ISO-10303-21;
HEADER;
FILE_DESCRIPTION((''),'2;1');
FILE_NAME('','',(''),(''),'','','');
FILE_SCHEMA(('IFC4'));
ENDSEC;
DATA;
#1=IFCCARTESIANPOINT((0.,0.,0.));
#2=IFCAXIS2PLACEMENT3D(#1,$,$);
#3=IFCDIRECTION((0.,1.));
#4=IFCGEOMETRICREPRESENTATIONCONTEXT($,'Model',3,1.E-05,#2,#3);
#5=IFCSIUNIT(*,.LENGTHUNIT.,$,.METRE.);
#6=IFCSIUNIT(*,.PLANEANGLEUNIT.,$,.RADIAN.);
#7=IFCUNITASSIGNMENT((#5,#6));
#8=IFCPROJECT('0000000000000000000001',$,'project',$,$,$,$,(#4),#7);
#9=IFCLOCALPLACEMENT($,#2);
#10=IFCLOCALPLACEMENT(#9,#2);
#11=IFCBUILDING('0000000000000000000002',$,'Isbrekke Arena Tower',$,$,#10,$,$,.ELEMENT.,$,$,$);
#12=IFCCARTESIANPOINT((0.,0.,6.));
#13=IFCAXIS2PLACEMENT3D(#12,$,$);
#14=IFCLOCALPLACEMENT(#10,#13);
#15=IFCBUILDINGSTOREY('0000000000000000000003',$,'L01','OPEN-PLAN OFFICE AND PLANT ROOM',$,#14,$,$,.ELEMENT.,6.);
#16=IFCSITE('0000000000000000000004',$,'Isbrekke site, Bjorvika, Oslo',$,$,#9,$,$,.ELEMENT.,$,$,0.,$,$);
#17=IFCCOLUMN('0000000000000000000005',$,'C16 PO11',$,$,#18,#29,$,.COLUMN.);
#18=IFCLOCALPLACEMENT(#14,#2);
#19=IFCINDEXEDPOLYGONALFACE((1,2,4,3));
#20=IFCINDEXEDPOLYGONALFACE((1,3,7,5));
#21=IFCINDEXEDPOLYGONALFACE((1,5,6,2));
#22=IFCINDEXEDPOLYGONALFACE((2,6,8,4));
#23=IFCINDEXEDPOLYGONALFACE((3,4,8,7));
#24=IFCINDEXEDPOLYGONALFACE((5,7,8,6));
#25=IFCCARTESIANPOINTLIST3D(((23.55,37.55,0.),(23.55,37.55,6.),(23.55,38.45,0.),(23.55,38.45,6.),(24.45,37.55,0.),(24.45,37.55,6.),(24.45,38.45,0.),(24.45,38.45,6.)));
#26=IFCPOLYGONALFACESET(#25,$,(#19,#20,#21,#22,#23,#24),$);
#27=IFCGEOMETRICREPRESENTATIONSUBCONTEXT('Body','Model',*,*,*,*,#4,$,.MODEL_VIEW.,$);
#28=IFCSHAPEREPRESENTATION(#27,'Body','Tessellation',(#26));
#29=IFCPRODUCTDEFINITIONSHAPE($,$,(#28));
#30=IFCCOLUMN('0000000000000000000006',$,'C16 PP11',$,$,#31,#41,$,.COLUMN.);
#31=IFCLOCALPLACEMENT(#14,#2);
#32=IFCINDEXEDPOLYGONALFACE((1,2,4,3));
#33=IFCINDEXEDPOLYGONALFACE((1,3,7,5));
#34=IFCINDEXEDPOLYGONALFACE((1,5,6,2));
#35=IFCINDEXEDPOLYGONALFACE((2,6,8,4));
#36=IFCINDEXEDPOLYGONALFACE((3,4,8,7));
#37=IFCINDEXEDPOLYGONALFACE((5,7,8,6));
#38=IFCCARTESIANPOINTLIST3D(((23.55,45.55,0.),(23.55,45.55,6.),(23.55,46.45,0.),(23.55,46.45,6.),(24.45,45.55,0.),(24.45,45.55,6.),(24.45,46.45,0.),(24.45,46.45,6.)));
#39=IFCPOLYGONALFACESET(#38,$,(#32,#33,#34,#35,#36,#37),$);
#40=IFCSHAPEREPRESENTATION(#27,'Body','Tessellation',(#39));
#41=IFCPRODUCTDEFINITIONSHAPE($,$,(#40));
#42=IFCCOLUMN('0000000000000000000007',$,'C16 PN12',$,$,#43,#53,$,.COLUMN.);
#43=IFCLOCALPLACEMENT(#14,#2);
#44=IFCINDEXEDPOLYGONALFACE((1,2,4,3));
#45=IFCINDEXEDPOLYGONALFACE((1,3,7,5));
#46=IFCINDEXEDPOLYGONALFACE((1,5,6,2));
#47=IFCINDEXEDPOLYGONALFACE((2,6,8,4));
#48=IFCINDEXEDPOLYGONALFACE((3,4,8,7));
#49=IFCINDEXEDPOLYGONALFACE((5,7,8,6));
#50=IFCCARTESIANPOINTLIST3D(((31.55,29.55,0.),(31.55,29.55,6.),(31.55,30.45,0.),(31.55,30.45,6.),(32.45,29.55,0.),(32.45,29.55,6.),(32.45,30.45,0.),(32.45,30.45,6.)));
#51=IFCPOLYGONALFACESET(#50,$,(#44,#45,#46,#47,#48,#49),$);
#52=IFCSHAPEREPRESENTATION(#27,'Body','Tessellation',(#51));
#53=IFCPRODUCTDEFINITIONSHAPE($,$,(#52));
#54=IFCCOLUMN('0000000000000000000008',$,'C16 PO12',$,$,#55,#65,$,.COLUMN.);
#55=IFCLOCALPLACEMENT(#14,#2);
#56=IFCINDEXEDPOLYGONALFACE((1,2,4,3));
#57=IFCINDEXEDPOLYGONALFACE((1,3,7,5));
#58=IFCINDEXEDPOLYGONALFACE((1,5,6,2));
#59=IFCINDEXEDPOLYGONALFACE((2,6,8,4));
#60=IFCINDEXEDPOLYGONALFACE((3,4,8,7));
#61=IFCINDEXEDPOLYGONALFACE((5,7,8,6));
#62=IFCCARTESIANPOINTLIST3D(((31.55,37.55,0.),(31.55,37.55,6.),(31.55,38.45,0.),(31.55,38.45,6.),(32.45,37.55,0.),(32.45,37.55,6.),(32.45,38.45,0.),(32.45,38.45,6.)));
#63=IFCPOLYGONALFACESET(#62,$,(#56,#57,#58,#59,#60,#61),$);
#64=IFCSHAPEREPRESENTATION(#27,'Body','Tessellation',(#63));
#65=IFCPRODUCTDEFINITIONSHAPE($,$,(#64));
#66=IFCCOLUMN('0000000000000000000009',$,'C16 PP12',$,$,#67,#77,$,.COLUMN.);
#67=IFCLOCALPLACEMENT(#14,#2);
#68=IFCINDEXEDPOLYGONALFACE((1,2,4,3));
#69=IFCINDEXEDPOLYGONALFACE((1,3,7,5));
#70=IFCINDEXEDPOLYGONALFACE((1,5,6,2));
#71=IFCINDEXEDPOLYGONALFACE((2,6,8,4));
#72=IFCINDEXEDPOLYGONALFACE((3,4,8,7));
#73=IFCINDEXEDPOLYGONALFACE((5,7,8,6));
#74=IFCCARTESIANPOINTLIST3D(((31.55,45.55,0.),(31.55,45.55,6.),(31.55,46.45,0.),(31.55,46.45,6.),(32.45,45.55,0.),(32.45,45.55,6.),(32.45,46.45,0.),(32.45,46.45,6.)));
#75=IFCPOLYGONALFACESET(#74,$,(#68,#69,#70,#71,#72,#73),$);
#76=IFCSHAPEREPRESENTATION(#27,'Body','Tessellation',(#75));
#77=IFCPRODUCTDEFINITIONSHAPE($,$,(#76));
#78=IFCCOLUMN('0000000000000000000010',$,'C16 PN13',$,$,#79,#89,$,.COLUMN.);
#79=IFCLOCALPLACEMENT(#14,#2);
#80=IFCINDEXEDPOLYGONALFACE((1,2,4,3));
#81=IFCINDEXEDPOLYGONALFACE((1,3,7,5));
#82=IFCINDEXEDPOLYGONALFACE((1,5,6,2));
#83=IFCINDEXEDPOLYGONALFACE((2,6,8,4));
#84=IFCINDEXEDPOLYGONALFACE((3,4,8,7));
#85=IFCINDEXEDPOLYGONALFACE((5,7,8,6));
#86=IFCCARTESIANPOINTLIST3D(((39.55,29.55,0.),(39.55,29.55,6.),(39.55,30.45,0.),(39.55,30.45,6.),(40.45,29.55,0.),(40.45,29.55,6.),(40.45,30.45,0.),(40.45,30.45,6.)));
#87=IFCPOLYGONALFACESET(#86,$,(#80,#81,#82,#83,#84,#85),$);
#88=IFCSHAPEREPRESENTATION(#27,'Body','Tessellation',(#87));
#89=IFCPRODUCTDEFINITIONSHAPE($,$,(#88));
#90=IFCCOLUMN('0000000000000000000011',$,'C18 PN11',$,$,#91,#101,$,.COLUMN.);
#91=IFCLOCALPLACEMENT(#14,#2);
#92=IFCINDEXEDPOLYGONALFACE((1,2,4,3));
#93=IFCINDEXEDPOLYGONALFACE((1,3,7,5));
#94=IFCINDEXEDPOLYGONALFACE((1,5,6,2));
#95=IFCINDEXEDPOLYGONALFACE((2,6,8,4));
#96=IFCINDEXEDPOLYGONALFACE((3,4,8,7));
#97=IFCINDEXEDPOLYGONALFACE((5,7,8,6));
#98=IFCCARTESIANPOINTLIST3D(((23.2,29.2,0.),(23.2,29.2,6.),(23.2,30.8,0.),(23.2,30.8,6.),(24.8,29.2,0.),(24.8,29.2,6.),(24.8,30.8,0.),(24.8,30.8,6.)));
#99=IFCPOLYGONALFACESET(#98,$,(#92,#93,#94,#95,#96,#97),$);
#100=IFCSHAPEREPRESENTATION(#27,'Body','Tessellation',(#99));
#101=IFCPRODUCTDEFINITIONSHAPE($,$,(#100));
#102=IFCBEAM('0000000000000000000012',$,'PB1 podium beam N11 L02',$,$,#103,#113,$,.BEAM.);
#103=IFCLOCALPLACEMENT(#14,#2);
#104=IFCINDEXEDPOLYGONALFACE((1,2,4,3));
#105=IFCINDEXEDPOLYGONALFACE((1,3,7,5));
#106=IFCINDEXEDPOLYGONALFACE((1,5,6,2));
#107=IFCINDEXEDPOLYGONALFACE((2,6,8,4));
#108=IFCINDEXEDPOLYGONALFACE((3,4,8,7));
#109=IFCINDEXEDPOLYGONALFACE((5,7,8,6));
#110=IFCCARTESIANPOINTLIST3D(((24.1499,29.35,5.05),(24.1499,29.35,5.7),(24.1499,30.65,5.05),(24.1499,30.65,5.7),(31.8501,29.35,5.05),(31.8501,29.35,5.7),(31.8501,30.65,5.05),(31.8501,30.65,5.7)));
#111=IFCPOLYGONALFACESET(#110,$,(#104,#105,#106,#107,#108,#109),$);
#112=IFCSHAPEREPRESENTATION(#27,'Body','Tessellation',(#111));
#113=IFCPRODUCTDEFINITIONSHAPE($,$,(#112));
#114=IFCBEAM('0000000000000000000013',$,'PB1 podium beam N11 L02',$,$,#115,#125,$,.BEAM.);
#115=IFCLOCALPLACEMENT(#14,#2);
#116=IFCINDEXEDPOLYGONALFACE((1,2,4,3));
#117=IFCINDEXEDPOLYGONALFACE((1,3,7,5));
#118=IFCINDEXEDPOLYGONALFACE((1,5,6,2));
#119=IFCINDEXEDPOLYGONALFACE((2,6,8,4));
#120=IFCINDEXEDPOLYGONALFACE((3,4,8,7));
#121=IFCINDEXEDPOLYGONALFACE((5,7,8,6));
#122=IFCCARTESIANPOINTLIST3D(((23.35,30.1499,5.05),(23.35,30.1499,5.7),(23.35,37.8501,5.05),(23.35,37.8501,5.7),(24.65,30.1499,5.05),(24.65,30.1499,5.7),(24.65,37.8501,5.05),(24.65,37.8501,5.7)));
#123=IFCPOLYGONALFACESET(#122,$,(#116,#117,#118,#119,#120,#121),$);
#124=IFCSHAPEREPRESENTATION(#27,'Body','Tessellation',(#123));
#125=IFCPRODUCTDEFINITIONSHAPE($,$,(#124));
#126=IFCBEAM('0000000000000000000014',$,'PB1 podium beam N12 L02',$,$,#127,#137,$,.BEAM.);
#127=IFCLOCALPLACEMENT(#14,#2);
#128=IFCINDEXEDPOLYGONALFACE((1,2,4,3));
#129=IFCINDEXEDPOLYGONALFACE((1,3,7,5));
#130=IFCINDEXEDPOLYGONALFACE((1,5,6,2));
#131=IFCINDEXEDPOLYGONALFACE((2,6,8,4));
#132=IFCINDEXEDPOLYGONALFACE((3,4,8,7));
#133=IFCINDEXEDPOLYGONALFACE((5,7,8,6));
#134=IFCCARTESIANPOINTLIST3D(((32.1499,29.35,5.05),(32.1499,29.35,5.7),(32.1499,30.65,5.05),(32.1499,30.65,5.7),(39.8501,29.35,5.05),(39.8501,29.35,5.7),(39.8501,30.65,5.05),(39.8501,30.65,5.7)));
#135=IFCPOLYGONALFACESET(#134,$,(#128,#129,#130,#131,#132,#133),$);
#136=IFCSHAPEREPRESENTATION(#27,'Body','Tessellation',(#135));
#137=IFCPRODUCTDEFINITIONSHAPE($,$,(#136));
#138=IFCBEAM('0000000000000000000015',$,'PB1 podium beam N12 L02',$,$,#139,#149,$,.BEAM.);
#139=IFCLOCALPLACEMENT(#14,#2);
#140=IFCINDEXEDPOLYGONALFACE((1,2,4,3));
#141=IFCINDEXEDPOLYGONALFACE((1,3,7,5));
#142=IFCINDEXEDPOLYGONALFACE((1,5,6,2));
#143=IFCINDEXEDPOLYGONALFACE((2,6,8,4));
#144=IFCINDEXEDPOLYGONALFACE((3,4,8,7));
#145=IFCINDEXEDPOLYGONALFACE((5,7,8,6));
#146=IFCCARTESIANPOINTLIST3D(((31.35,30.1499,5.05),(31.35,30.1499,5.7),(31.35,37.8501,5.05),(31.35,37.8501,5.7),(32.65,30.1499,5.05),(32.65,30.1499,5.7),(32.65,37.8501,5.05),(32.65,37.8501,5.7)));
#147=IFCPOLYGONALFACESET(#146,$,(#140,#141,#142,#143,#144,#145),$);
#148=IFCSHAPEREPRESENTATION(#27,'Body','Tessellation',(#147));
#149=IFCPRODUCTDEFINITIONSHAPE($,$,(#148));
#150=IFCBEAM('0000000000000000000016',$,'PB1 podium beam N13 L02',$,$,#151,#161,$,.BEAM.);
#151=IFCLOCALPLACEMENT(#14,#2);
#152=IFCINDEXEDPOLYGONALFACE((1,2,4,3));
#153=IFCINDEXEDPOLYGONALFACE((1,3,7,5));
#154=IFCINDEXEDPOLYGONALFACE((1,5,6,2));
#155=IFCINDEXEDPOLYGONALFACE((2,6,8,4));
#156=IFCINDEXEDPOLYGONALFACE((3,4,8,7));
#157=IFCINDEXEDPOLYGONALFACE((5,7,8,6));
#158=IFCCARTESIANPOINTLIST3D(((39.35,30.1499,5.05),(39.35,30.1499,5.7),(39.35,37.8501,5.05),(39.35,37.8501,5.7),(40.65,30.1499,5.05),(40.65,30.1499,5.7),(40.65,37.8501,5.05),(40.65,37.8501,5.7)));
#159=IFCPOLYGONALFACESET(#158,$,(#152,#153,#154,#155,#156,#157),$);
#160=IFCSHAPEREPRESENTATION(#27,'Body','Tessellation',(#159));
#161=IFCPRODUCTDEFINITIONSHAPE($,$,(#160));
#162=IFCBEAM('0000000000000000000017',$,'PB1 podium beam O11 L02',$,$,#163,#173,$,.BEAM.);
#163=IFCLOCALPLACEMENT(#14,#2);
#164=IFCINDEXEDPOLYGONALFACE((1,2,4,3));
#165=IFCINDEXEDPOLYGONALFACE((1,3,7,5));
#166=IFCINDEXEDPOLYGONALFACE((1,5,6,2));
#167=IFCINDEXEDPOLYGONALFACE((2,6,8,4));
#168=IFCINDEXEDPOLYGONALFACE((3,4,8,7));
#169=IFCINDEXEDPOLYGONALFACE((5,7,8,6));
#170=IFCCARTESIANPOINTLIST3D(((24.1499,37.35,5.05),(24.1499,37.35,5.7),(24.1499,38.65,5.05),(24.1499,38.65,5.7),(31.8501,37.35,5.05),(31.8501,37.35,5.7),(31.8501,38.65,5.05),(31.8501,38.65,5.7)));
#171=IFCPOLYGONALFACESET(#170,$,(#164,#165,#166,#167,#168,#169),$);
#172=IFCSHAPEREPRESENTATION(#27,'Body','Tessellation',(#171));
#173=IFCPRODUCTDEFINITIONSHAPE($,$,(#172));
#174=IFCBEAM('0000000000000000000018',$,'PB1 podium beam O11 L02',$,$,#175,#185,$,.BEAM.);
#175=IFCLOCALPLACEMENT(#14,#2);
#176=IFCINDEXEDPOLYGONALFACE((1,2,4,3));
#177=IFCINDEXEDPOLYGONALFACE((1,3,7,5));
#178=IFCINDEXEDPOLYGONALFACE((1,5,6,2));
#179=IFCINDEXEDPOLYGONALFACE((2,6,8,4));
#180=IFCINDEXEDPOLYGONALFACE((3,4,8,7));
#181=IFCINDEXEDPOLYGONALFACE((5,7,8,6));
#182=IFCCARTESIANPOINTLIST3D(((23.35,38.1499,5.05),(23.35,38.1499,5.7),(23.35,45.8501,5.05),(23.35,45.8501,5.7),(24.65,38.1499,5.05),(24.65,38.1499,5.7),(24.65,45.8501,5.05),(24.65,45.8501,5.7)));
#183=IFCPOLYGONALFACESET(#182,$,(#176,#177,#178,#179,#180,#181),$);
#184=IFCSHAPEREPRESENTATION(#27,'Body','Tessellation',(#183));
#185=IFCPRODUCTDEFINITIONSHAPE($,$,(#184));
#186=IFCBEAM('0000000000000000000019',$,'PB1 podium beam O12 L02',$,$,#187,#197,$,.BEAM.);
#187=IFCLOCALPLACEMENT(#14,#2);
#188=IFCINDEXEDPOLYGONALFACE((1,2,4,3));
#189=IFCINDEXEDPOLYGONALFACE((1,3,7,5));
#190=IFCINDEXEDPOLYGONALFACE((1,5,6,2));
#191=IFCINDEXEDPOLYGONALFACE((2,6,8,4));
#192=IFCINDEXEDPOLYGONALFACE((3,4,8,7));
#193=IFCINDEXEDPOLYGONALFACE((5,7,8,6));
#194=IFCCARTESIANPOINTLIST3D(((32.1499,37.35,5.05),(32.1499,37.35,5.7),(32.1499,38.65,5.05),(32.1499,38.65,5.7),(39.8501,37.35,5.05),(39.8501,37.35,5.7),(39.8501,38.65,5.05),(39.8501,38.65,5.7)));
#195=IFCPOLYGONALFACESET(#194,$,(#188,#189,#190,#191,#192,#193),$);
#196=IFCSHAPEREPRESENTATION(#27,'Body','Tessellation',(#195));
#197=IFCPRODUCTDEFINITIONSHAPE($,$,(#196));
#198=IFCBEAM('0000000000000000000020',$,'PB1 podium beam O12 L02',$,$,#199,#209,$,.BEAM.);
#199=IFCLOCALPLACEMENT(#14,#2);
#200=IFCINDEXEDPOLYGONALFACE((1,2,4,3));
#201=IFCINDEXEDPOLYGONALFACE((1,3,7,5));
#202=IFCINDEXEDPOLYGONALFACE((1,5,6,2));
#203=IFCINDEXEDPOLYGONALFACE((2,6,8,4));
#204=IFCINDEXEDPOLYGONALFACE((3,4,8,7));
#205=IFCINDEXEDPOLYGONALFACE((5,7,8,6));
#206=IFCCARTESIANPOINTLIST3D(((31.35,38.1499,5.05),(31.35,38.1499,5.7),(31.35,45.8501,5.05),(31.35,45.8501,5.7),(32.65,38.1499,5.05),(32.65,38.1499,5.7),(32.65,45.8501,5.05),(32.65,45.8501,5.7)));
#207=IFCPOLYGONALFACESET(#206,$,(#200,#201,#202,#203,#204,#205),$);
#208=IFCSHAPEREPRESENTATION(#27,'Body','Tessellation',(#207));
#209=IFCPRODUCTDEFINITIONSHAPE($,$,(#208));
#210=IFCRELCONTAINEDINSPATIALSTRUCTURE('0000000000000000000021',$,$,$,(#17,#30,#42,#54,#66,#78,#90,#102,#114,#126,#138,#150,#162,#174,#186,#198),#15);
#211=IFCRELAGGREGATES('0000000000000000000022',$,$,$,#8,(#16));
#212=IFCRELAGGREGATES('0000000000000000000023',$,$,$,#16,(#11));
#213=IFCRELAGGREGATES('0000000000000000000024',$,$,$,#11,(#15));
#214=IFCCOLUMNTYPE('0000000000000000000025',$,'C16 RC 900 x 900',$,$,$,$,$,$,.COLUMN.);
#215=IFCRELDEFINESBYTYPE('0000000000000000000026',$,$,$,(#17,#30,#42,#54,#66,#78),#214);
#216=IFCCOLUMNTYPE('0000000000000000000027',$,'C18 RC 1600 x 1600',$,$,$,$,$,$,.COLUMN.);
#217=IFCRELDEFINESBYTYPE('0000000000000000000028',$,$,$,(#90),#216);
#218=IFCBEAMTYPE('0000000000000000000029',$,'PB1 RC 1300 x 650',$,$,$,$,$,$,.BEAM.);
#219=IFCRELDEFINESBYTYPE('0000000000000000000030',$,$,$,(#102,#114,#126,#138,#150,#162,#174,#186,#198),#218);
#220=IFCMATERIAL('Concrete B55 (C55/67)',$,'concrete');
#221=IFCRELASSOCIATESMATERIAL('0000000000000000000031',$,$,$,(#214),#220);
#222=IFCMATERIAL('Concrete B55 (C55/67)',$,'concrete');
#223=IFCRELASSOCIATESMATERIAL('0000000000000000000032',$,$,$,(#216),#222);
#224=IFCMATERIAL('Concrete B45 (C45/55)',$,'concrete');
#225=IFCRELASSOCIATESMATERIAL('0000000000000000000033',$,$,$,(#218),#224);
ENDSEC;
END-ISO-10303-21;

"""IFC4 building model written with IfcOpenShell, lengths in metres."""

from ifc_helpers import new_model, si_unit, direction, frame, origin, origin_2d, place, context, subcontext, project, spatial, rectangle, extrude, material, material_profile, profile_set, type_object, element, save


model = new_model("IFC4")

# Units and contexts
model_context = context("Model", 3, precision=1e-05, world=origin(), true_north=direction((0.0, 1.0)))
body_context = subcontext(model_context, "Body", "Model", "MODEL_VIEW")
ifc_project = project(units=[si_unit("LENGTHUNIT", "METRE"), si_unit("PLANEANGLEUNIT", "RADIAN")], contexts=[model_context])

# Site, building, storey
site_placement = place(None, origin())
site = spatial("IfcSite", under=ifc_project, at=site_placement, Name="Isbrekke site, Bjorvika, Oslo", CompositionType="ELEMENT", RefElevation=0.0)
building_placement = place(site_placement, origin())
building = spatial("IfcBuilding", under=site, at=building_placement, Name="Isbrekke Arena Tower", CompositionType="ELEMENT")
storey_placement = place(building_placement, frame((0.0, 0.0, 6.0)))
storey = spatial("IfcBuildingStorey", under=building, at=storey_placement, Name="L01", Description="OPEN-PLAN OFFICE AND PLANT ROOM", CompositionType="ELEMENT", Elevation=6.0)

# Columns
ifc_material_1 = material(Name="Concrete B55 (C55/67)", Category="concrete")
ifc_material_profile_1 = material_profile(ifc_material_1, rectangle(XDim=0.8999, YDim=0.8999, at=origin_2d()), Name="RC 900x900")
ifc_profile_set_1 = profile_set([ifc_material_profile_1], Name="Concrete B55 (C55/67)")
column_type_1 = type_object("IfcColumnType", Name="C16 RC 900 x 900", PredefinedType="COLUMN", material=ifc_profile_set_1)
for number, where, z_axis, x_axis, name in (
    (1, (24.0, 38.0, 0.0), (0.0, 0.0, 1.0), (1.0, 0.0, 0.0), "C16 PO11"),
    (2, (24.0, 46.0, 0.0), (0.0, 0.0, 1.0), (1.0, 0.0, 0.0), "C16 PP11"),
    (3, (32.0, 30.0, 0.0), (0.0, 0.0, 1.0), (1.0, 0.0, 0.0), "C16 PN12"),
    (4, (32.0, 38.0, 0.0), (0.0, 0.0, 1.0), (1.0, 0.0, 0.0), "C16 PO12"),
    (5, (32.0, 46.0, 0.0), (0.0, 0.0, 1.0), (1.0, 0.0, 0.0), "C16 PP12"),
    (6, (40.0, 30.0, 0.0), (0.0, 0.0, 1.0), (1.0, 0.0, 0.0), "C16 PN13"),
):
    element("IfcColumn", number, at=place(storey_placement, frame(where, z_axis=z_axis, x_axis=x_axis)), inside=storey, type_object=column_type_1, Name=name, PredefinedType="COLUMN", context=body_context, shape_type="SweptSolid", body=[
        extrude(rectangle(XDim=0.8999, YDim=0.8999, at=origin_2d()), origin(), (0.0, 0.0, 1.0), 6.0),
    ])
ifc_material_2 = material(Name="Concrete B55 (C55/67)", Category="concrete")
ifc_material_profile_2 = material_profile(ifc_material_2, rectangle(XDim=1.6001, YDim=1.6001, at=origin_2d()), Name="RC 1600x1600")
ifc_profile_set_2 = profile_set([ifc_material_profile_2], Name="Concrete B55 (C55/67)")
column_type_2 = type_object("IfcColumnType", Name="C18 RC 1600 x 1600", PredefinedType="COLUMN", material=ifc_profile_set_2)
column_placement = place(storey_placement, frame((24.0, 30.0, 0.0), z_axis=(0.0, 0.0, 1.0), x_axis=(1.0, 0.0, 0.0)))
element("IfcColumn", 7, at=column_placement, inside=storey, type_object=column_type_2, Name="C18 PN11", PredefinedType="COLUMN", context=body_context, shape_type="SweptSolid", body=[
    extrude(rectangle(XDim=1.6001, YDim=1.6001, at=origin_2d()), origin(), (0.0, 0.0, 1.0), 6.0),
])

# Beams
ifc_material_3 = material(Name="Concrete B45 (C45/55)", Category="concrete")
ifc_material_profile_3 = material_profile(ifc_material_3, rectangle(XDim=1.3, YDim=0.6499, at=origin_2d()), Name="RC 1300x650")
ifc_profile_set_3 = profile_set([ifc_material_profile_3], Name="Concrete B45 (C45/55)")
beam_type = type_object("IfcBeamType", Name="PB1 RC 1300 x 650", PredefinedType="BEAM", material=ifc_profile_set_3)
for number, where, z_axis, x_axis, name in (
    (8, (24.1499, 30.0, 5.375), (1.0, 0.0, 0.0), (0.0, 1.0, 0.0), "PB1 podium beam N11 L02"),
    (9, (24.0, 30.1499, 5.375), (0.0, 1.0, 0.0), (-1.0, 0.0, 0.0), "PB1 podium beam N11 L02"),
    (10, (32.1499, 30.0, 5.375), (1.0, 0.0, 0.0), (0.0, 1.0, 0.0), "PB1 podium beam N12 L02"),
    (11, (32.0, 30.1499, 5.375), (0.0, 1.0, 0.0), (-1.0, 0.0, 0.0), "PB1 podium beam N12 L02"),
    (12, (40.0, 30.1499, 5.375), (0.0, 1.0, 0.0), (-1.0, 0.0, 0.0), "PB1 podium beam N13 L02"),
    (13, (24.1499, 38.0, 5.375), (1.0, 0.0, 0.0), (0.0, 1.0, 0.0), "PB1 podium beam O11 L02"),
    (14, (24.0, 38.1499, 5.375), (0.0, 1.0, 0.0), (-1.0, 0.0, 0.0), "PB1 podium beam O11 L02"),
    (15, (32.1499, 38.0, 5.375), (1.0, 0.0, 0.0), (0.0, 1.0, 0.0), "PB1 podium beam O12 L02"),
    (16, (32.0, 38.1499, 5.375), (0.0, 1.0, 0.0), (-1.0, 0.0, 0.0), "PB1 podium beam O12 L02"),
):
    element("IfcBeam", number, at=place(storey_placement, frame(where, z_axis=z_axis, x_axis=x_axis)), inside=storey, type_object=beam_type, Name=name, PredefinedType="BEAM", context=body_context, shape_type="SweptSolid", body=[
        extrude(rectangle(XDim=1.3, YDim=0.6499, at=origin_2d()), origin(), (0.0, 0.0, 1.0), 7.7002),
    ])

save(model, "model.ifc")
